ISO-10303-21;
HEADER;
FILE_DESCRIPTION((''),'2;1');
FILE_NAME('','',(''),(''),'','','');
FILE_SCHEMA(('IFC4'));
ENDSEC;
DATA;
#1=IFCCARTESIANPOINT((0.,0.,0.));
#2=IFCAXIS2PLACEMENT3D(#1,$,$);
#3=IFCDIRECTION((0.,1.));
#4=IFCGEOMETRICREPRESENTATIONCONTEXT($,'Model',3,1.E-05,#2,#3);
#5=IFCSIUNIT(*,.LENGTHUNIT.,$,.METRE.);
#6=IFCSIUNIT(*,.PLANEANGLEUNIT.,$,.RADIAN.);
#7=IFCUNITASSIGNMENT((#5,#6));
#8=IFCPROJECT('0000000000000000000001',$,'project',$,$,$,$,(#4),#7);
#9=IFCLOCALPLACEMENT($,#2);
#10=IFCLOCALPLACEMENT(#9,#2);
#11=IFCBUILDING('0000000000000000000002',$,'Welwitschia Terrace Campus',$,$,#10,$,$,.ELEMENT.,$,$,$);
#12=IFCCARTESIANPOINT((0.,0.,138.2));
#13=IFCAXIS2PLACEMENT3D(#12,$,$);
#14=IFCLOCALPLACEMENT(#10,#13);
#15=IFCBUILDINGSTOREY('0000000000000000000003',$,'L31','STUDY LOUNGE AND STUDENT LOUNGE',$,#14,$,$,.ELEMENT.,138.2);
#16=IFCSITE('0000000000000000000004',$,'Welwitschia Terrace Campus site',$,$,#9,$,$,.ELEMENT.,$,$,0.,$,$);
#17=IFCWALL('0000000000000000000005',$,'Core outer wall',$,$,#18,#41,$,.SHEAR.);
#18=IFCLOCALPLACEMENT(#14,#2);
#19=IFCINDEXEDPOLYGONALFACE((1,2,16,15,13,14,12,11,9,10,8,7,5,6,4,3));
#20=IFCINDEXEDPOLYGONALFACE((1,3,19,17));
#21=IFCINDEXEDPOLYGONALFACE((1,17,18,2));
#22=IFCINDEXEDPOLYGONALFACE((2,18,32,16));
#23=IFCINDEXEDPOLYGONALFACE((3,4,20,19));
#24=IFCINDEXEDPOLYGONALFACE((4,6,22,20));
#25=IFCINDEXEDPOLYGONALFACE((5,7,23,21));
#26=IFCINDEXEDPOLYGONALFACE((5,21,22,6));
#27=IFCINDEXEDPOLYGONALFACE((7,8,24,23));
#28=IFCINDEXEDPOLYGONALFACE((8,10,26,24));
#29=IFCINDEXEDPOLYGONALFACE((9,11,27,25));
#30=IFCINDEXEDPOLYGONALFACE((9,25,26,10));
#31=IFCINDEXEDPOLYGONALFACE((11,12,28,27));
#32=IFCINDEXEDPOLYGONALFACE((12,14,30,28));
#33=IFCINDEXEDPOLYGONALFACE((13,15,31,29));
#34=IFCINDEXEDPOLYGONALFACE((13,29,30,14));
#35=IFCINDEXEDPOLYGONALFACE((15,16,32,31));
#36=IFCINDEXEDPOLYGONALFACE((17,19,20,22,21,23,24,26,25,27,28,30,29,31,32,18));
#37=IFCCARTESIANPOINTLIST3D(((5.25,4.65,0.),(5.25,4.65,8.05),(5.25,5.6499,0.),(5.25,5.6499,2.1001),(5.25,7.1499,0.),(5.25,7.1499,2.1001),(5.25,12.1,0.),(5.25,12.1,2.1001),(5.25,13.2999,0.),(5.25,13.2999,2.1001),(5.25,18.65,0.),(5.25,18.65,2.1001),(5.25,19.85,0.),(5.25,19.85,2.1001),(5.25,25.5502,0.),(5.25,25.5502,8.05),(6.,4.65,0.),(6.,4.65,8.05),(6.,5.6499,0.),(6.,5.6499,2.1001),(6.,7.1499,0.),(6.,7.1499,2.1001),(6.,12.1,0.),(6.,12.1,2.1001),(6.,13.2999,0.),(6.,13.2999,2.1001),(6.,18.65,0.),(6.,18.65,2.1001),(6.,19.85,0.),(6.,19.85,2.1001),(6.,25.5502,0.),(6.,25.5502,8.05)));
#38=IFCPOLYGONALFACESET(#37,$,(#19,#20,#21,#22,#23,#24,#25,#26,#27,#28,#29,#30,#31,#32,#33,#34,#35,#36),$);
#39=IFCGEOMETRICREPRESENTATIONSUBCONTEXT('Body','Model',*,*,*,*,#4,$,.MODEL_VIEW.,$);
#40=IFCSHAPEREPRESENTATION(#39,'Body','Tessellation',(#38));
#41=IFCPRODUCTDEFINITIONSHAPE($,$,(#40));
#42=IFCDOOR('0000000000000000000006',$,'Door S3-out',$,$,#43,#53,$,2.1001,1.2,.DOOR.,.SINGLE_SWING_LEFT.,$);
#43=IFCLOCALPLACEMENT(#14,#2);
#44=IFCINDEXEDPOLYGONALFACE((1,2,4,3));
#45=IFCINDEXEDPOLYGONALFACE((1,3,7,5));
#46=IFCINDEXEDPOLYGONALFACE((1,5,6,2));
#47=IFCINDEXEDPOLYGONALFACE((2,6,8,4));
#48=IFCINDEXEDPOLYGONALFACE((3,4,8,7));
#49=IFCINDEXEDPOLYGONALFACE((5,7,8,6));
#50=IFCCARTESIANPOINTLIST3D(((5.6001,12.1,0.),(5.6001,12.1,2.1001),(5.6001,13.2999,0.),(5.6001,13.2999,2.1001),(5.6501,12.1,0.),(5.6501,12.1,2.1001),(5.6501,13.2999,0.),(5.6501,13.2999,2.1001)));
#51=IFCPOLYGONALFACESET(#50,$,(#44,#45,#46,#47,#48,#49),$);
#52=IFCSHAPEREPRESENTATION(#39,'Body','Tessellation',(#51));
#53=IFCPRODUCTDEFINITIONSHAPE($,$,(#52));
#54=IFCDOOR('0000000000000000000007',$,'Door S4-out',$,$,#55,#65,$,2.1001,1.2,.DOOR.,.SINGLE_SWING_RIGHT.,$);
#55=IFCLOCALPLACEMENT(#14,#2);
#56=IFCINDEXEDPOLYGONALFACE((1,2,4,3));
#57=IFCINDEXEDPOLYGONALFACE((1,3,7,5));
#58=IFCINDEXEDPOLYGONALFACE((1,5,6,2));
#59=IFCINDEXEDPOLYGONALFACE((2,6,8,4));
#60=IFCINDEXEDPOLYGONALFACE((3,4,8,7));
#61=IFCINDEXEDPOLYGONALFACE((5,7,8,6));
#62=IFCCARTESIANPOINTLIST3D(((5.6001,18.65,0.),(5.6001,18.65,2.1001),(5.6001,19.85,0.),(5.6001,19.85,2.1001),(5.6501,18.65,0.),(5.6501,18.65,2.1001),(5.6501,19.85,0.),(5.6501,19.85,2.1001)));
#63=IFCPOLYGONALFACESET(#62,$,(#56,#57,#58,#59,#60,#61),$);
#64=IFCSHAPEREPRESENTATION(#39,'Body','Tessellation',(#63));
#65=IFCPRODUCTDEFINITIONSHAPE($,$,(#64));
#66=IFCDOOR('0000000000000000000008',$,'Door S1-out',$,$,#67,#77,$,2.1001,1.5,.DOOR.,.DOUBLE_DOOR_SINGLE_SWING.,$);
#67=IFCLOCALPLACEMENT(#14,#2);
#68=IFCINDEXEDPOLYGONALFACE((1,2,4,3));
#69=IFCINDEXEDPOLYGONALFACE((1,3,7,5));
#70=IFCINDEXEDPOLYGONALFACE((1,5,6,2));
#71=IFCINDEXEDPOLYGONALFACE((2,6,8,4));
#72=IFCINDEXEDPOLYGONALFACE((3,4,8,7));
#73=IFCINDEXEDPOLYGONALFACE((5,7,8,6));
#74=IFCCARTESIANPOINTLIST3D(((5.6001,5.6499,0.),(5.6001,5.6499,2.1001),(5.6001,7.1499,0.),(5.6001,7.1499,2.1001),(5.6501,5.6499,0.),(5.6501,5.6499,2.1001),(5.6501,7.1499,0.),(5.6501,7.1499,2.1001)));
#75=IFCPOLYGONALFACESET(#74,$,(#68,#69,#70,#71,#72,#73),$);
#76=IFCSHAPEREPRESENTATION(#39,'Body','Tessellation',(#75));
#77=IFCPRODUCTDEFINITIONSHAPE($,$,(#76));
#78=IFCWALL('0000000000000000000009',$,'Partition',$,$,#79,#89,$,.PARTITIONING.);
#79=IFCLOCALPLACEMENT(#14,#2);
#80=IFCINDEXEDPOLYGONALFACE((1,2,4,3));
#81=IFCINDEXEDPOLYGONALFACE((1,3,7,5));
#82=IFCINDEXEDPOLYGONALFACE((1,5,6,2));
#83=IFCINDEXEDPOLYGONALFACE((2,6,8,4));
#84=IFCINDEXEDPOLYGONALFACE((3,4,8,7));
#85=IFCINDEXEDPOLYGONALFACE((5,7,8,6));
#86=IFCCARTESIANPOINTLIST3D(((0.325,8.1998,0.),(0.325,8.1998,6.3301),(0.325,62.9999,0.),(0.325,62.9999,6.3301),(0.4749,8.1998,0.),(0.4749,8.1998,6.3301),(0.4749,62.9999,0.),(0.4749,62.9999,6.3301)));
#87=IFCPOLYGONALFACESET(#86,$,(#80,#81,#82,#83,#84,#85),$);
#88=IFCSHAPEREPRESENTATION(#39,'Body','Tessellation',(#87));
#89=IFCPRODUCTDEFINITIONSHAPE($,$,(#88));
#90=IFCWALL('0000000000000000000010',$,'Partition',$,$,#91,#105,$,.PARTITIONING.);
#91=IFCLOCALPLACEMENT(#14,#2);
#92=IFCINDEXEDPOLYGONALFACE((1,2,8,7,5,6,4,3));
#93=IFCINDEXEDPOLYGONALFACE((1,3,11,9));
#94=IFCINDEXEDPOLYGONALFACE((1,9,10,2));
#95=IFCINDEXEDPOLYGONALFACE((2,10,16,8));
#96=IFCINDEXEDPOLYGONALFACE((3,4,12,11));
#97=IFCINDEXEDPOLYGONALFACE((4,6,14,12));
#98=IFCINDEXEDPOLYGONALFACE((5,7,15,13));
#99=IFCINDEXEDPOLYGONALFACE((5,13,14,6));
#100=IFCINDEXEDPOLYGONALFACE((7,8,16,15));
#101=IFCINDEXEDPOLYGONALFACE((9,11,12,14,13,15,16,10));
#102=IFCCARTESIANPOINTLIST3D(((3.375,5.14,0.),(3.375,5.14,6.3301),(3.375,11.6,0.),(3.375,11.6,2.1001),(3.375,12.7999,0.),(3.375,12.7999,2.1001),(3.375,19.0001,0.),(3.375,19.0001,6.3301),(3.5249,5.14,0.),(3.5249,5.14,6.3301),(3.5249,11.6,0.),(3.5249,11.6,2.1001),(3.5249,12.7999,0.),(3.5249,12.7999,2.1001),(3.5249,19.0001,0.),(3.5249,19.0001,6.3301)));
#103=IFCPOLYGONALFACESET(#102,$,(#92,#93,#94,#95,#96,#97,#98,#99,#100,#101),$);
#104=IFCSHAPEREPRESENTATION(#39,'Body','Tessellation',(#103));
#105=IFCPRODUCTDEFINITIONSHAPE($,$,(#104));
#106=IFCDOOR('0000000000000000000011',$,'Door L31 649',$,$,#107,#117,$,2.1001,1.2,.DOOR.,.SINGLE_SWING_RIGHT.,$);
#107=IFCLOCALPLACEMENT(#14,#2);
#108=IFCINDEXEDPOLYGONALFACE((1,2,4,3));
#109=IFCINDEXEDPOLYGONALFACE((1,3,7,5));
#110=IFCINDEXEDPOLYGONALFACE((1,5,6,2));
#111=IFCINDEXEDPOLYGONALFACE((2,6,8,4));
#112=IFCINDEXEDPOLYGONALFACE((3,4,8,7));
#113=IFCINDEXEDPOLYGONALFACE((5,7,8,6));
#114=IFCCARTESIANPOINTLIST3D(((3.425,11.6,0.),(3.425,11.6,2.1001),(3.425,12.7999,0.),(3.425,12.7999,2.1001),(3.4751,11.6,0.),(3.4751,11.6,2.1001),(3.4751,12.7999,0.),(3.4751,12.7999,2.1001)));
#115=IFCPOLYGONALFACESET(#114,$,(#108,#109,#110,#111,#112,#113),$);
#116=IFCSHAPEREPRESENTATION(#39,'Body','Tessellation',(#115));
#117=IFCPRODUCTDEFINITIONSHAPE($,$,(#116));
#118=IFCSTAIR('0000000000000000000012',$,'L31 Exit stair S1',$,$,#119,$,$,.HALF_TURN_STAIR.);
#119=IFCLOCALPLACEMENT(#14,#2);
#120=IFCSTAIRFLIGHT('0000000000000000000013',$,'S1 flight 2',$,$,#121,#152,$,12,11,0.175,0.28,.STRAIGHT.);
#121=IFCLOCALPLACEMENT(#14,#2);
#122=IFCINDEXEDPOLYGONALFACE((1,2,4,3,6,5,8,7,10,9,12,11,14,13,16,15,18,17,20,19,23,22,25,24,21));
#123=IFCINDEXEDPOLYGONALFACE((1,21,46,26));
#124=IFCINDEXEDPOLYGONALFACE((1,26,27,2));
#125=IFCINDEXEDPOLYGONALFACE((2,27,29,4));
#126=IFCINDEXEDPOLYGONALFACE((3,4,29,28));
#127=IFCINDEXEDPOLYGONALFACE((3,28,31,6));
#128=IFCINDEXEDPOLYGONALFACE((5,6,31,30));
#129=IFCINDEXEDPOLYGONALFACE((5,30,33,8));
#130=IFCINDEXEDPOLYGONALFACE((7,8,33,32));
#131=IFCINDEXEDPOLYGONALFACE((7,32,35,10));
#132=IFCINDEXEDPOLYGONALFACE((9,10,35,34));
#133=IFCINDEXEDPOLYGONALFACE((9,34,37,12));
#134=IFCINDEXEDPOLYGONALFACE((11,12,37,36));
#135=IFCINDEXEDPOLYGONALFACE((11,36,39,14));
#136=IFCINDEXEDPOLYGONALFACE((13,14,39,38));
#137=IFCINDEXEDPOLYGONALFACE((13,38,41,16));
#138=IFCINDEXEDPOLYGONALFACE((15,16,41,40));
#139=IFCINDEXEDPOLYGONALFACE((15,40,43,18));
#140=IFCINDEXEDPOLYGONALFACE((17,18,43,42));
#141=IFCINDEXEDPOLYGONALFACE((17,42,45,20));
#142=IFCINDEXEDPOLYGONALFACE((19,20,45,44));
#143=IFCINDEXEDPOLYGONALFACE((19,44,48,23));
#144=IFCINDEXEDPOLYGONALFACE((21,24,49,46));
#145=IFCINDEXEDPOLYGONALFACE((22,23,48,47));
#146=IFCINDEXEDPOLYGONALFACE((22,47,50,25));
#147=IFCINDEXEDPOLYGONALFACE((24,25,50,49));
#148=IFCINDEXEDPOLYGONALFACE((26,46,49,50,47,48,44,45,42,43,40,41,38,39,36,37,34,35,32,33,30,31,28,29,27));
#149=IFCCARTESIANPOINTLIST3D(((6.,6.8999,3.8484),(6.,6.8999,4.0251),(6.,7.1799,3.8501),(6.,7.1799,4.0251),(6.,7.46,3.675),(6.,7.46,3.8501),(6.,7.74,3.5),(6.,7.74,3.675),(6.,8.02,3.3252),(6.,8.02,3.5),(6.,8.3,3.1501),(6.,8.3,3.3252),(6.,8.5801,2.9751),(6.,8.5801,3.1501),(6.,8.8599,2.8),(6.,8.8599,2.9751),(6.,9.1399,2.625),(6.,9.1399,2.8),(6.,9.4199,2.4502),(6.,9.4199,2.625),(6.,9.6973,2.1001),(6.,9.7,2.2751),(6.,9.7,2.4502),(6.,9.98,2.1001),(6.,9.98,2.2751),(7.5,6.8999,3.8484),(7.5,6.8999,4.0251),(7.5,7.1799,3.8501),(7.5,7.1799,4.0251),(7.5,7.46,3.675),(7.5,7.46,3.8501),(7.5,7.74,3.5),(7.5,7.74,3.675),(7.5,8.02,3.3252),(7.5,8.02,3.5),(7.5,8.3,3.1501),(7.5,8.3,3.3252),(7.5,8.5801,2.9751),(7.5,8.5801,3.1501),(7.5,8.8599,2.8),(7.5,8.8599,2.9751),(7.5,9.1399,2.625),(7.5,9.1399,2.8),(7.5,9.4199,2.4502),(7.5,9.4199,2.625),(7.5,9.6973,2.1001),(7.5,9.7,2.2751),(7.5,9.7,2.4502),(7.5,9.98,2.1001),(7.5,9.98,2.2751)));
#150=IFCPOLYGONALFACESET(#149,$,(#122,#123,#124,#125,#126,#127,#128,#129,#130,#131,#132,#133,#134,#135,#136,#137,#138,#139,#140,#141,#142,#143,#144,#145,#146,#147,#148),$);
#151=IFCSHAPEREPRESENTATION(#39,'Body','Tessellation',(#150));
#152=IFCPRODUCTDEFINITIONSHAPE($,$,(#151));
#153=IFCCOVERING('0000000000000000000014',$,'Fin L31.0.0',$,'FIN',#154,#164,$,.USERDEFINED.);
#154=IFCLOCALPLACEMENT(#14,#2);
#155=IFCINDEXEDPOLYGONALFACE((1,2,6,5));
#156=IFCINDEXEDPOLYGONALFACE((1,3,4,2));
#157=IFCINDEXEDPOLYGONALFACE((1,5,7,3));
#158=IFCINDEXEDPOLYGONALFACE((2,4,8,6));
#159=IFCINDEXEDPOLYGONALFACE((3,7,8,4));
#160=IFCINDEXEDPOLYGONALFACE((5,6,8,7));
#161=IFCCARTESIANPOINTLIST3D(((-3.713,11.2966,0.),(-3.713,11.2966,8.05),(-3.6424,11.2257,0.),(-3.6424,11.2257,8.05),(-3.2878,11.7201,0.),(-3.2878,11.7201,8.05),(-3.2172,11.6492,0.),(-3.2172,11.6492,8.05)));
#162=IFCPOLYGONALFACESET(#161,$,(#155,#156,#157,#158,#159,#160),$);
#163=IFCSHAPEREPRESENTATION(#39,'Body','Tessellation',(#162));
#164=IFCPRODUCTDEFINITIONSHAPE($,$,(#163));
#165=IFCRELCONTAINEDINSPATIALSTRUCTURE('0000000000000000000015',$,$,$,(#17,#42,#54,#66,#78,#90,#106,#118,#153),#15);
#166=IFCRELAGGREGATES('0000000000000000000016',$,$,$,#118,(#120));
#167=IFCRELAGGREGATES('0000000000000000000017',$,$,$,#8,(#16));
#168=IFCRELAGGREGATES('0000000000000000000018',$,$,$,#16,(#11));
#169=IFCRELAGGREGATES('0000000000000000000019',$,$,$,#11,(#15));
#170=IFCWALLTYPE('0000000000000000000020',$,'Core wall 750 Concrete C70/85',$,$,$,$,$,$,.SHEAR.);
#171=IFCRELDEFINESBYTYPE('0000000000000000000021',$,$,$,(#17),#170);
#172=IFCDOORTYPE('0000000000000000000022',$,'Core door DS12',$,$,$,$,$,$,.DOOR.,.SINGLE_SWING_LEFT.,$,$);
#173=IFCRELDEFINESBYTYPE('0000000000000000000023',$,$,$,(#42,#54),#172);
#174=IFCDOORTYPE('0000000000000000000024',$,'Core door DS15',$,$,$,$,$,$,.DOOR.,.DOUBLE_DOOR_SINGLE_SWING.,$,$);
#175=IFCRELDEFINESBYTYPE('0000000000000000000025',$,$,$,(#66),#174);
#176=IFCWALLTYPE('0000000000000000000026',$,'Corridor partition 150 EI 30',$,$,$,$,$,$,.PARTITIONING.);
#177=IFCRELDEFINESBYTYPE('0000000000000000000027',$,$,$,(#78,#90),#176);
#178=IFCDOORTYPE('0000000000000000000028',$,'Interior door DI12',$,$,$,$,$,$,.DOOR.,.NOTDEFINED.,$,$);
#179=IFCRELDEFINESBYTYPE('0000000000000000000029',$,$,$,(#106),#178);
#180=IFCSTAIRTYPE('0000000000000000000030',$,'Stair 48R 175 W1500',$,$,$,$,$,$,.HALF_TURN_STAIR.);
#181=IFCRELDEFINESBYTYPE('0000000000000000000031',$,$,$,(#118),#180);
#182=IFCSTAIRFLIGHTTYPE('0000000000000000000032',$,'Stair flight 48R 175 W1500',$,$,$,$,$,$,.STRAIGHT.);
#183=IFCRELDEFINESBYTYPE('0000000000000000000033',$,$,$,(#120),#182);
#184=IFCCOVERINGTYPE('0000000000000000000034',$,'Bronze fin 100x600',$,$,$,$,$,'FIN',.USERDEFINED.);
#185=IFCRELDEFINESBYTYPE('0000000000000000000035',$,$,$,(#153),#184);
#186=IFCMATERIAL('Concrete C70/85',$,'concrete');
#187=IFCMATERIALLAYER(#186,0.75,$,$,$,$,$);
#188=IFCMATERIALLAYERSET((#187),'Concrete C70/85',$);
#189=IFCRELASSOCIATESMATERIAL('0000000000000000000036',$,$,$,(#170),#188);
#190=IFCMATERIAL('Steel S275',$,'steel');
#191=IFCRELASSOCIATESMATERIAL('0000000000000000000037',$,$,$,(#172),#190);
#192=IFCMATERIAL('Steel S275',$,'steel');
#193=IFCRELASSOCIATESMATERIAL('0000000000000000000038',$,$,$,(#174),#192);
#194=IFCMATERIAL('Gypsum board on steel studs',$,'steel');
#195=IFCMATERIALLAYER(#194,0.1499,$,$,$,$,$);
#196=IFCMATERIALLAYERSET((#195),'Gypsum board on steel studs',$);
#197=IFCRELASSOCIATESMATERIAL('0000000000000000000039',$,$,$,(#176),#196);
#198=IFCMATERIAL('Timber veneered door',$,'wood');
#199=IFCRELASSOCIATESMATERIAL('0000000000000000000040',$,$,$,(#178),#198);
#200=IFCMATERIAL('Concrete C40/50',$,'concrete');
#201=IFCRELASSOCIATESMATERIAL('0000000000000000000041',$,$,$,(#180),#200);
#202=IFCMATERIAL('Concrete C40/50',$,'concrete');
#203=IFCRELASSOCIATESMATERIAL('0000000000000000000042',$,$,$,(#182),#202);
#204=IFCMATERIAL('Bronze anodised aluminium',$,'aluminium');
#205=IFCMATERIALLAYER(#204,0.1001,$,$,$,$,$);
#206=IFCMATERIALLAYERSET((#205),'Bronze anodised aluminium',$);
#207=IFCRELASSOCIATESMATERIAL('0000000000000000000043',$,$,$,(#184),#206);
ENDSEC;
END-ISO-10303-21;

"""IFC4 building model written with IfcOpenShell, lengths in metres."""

from ifc_helpers import new_model, si_unit, direction, frame, frame_2d, origin, origin_2d, place, context, subcontext, project, spatial, polyline, rectangle, outline, extrude, material, layer, layer_set, type_object, element, fill, aggregate, save


model = new_model("IFC4")

# Units and contexts
model_context = context("Model", 3, precision=1e-05, world=origin(), true_north=direction((0.0, 1.0)))
body_context = subcontext(model_context, "Body", "Model", "MODEL_VIEW")
ifc_project = project(units=[si_unit("LENGTHUNIT", "METRE"), si_unit("PLANEANGLEUNIT", "RADIAN")], contexts=[model_context])

# Site, building, storey
site_placement = place(None, origin())
site = spatial("IfcSite", under=ifc_project, at=site_placement, Name="Welwitschia Terrace Campus site", CompositionType="ELEMENT", RefElevation=0.0)
building_placement = place(site_placement, origin())
building = spatial("IfcBuilding", under=site, at=building_placement, Name="Welwitschia Terrace Campus", CompositionType="ELEMENT")
storey_placement = place(building_placement, frame((0.0, 0.0, 138.2)))
storey = spatial("IfcBuildingStorey", under=building, at=storey_placement, Name="L31", Description="STUDY LOUNGE AND STUDENT LOUNGE", CompositionType="ELEMENT", Elevation=138.2)

# Wall, openings, doors
ifc_material_1 = material(Name="Concrete C70/85", Category="concrete")
ifc_layer_1 = layer(ifc_material_1, 0.75)
ifc_layer_set_1 = layer_set([ifc_layer_1], Name="Concrete C70/85")
wall_type_1 = type_object("IfcWallType", Name="Core wall 750 Concrete C70/85", PredefinedType="SHEAR", material=ifc_layer_set_1)
wall_1_placement = place(storey_placement, frame((5.625, 4.6499, 0.0), z_axis=(0.0, 0.0, 1.0), x_axis=(0.0, 1.0, 0.0)))
wall_1 = element("IfcWall", 1, at=wall_1_placement, inside=storey, type_object=wall_type_1, Name="Core outer wall", PredefinedType="SHEAR", context=body_context, shape_type="SweptSolid", body=[
    extrude(rectangle(XDim=20.9001, YDim=0.75, at=frame_2d((10.4502, 0.0))), origin(), (0.0, 0.0, 1.0), 8.05),
])
opening_1_placement = place(wall_1_placement, frame((1.0, 0.0, 0.0)))
opening_1 = element("IfcOpeningElement", 2, at=opening_1_placement, cuts=wall_1, PredefinedType="OPENING", context=body_context, shape_type="SweptSolid", body=[
    extrude(rectangle(XDim=1.5, YDim=2.1001, at=frame_2d((0.75, 1.05))), frame((0.0, 0.385, 0.0), z_axis=(0.0, -1.0, 0.0), x_axis=(1.0, 0.0, 0.0)), (0.0, 0.0, 1.0), 0.77),
])
opening_2_placement = place(wall_1_placement, frame((7.45, 0.0, 0.0)))
opening_2 = element("IfcOpeningElement", 3, at=opening_2_placement, cuts=wall_1, PredefinedType="OPENING", context=body_context, shape_type="SweptSolid", body=[
    extrude(rectangle(XDim=1.2, YDim=2.1001, at=frame_2d((0.6001, 1.05))), frame((0.0, 0.385, 0.0), z_axis=(0.0, -1.0, 0.0), x_axis=(1.0, 0.0, 0.0)), (0.0, 0.0, 1.0), 0.77),
])
opening_3_placement = place(wall_1_placement, frame((14.0, 0.0, 0.0)))
opening_3 = element("IfcOpeningElement", 4, at=opening_3_placement, cuts=wall_1, PredefinedType="OPENING", context=body_context, shape_type="SweptSolid", body=[
    extrude(rectangle(XDim=1.2, YDim=2.1001, at=frame_2d((0.6001, 1.05))), frame((0.0, 0.385, 0.0), z_axis=(0.0, -1.0, 0.0), x_axis=(1.0, 0.0, 0.0)), (0.0, 0.0, 1.0), 0.77),
])
ifc_material_2 = material(Name="Steel S275", Category="steel")
door_type_1 = type_object("IfcDoorType", Name="Core door DS12", OperationType="SINGLE_SWING_LEFT", PredefinedType="DOOR", material=ifc_material_2)
door_1_placement = place(opening_2_placement, origin())
door_1 = element("IfcDoor", 5, at=door_1_placement, inside=storey, type_object=door_type_1, Name="Door S3-out", OperationType="SINGLE_SWING_LEFT", OverallHeight=2.1001, OverallWidth=1.2, PredefinedType="DOOR", context=body_context, shape_type="SweptSolid", body=[
    extrude(rectangle(XDim=1.2, YDim=2.1001, at=frame_2d((0.6001, 1.05))), frame((0.0, 0.0249, 0.0), z_axis=(0.0, -1.0, 0.0), x_axis=(1.0, 0.0, 0.0)), (0.0, 0.0, 1.0), 0.05),
])
fill(opening_2, door_1)
door_2_placement = place(opening_3_placement, origin())
door_2 = element("IfcDoor", 6, at=door_2_placement, inside=storey, type_object=door_type_1, Name="Door S4-out", OperationType="SINGLE_SWING_RIGHT", OverallHeight=2.1001, OverallWidth=1.2, PredefinedType="DOOR", context=body_context, shape_type="SweptSolid", body=[
    extrude(rectangle(XDim=1.2, YDim=2.1001, at=frame_2d((0.6001, 1.05))), frame((0.0, 0.0249, 0.0), z_axis=(0.0, -1.0, 0.0), x_axis=(1.0, 0.0, 0.0)), (0.0, 0.0, 1.0), 0.05),
])
fill(opening_3, door_2)
ifc_material_3 = material(Name="Steel S275", Category="steel")
door_type_2 = type_object("IfcDoorType", Name="Core door DS15", OperationType="DOUBLE_DOOR_SINGLE_SWING", PredefinedType="DOOR", material=ifc_material_3)
door_3_placement = place(opening_1_placement, origin())
door_3 = element("IfcDoor", 7, at=door_3_placement, inside=storey, type_object=door_type_2, Name="Door S1-out", OperationType="DOUBLE_DOOR_SINGLE_SWING", OverallHeight=2.1001, OverallWidth=1.5, PredefinedType="DOOR", context=body_context, shape_type="SweptSolid", body=[
    extrude(rectangle(XDim=1.5, YDim=2.1001, at=frame_2d((0.75, 1.05))), frame((0.0, 0.0249, 0.0), z_axis=(0.0, -1.0, 0.0), x_axis=(1.0, 0.0, 0.0)), (0.0, 0.0, 1.0), 0.05),
])
fill(opening_1, door_3)

# Wall
ifc_material_4 = material(Name="Gypsum board on steel studs", Category="steel")
ifc_layer_2 = layer(ifc_material_4, 0.1499)
ifc_layer_set_2 = layer_set([ifc_layer_2], Name="Gypsum board on steel studs")
wall_type_2 = type_object("IfcWallType", Name="Corridor partition 150 EI 30", PredefinedType="PARTITIONING", material=ifc_layer_set_2)
wall_2_placement = place(storey_placement, frame((0.3999, 8.2, 0.0), z_axis=(0.0, 0.0, 1.0), x_axis=(0.0, 1.0, 0.0)))
element("IfcWall", 8, at=wall_2_placement, inside=storey, type_object=wall_type_2, Name="Partition", PredefinedType="PARTITIONING", context=body_context, shape_type="SweptSolid", body=[
    extrude(rectangle(XDim=54.8, YDim=0.1499, at=frame_2d((27.3999, 0.0))), origin(), (0.0, 0.0, 1.0), 6.3301),
])

# Wall, opening, door
wall_3_placement = place(storey_placement, frame((3.45, 5.1399, 0.0), z_axis=(0.0, 0.0, 1.0), x_axis=(0.0, 1.0, 0.0)))
wall_3 = element("IfcWall", 9, at=wall_3_placement, inside=storey, type_object=wall_type_2, Name="Partition", PredefinedType="PARTITIONING", context=body_context, shape_type="SweptSolid", body=[
    extrude(rectangle(XDim=13.8601, YDim=0.1499, at=frame_2d((6.9302, 0.0))), origin(), (0.0, 0.0, 1.0), 6.3301),
])
opening_4_placement = place(wall_3_placement, frame((6.46, 0.0, 0.0)))
opening_4 = element("IfcOpeningElement", 10, at=opening_4_placement, cuts=wall_3, PredefinedType="OPENING", context=body_context, shape_type="SweptSolid", body=[
    extrude(rectangle(XDim=1.2, YDim=2.1001, at=frame_2d((0.6001, 1.05))), frame((0.0, 0.085, 0.0), z_axis=(0.0, -1.0, 0.0), x_axis=(1.0, 0.0, 0.0)), (0.0, 0.0, 1.0), 0.1699),
])
ifc_material_5 = material(Name="Timber veneered door", Category="wood")
door_type_3 = type_object("IfcDoorType", Name="Interior door DI12", OperationType="NOTDEFINED", PredefinedType="DOOR", material=ifc_material_5)
door_4_placement = place(opening_4_placement, origin())
door_4 = element("IfcDoor", 11, at=door_4_placement, inside=storey, type_object=door_type_3, Name="Door L31 649", OperationType="SINGLE_SWING_RIGHT", OverallHeight=2.1001, OverallWidth=1.2, PredefinedType="DOOR", context=body_context, shape_type="SweptSolid", body=[
    extrude(rectangle(XDim=1.2, YDim=2.1001, at=frame_2d((0.6001, 1.05))), frame((0.0, 0.0249, 0.0), z_axis=(0.0, -1.0, 0.0), x_axis=(1.0, 0.0, 0.0)), (0.0, 0.0, 1.0), 0.05),
])
fill(opening_4, door_4)

# Stair, stair flight
ifc_material_6 = material(Name="Concrete C40/50", Category="concrete")
stair_type = type_object("IfcStairType", Name="Stair 48R 175 W1500", PredefinedType="HALF_TURN_STAIR", material=ifc_material_6)
stair_placement = place(storey_placement, origin())
stair = element("IfcStair", 12, at=stair_placement, inside=storey, type_object=stair_type, Name="L31 Exit stair S1", PredefinedType="HALF_TURN_STAIR")
ifc_material_7 = material(Name="Concrete C40/50", Category="concrete")
stair_flight_type = type_object("IfcStairFlightType", Name="Stair flight 48R 175 W1500", PredefinedType="STRAIGHT", material=ifc_material_7)
stair_flight_placement = place(storey_placement, frame((6.75, 9.98, 2.1001), z_axis=(0.0, 0.0, 1.0), x_axis=(0.0, -1.0, 0.0)))
stair_flight = element("IfcStairFlight", 13, at=stair_flight_placement, type_object=stair_flight_type, Name="S1 flight 2", NumberOfRisers=12, NumberOfTreads=11, PredefinedType="STRAIGHT", RiserHeight=0.175, TreadLength=0.28, context=body_context, shape_type="SweptSolid", body=[
    extrude(outline(polyline([(0.0, 0.0), (0.0, 0.175), (0.28, 0.175), (0.28, 0.3501), (0.5601, 0.3501), (0.5601, 0.5249), (0.8401, 0.5249), (0.8401, 0.7), (1.1201, 0.7), (1.1201, 0.875), (1.3999, 0.875), (1.3999, 1.05), (1.6799, 1.05), (1.6799, 1.2251), (1.96, 1.2251), (1.96, 1.3999), (2.24, 1.3999), (2.24, 1.575), (2.52, 1.575), (2.52, 1.75), (2.8, 1.75), (2.8, 1.925), (3.0801, 1.925), (3.0801, 2.1001), (3.0801, 1.7483), (0.2827, 0.0), (0.0, 0.0)])), frame((0.0, 0.75, 0.0), z_axis=(0.0, -1.0, 0.0), x_axis=(1.0, 0.0, 0.0)), (0.0, 0.0, 1.0), 1.5),
])
aggregate(stair, [stair_flight])

# Covering
ifc_material_8 = material(Name="Bronze anodised aluminium", Category="aluminium")
ifc_layer_3 = layer(ifc_material_8, 0.1001)
ifc_layer_set_3 = layer_set([ifc_layer_3], Name="Bronze anodised aluminium")
covering_type = type_object("IfcCoveringType", Name="Bronze fin 100x600", ElementType="FIN", PredefinedType="USERDEFINED", material=ifc_layer_set_3)
for number, where, z_axis, x_axis, name in (
    (14, (-3.4651, 11.4729, 0.0), (0.0, 0.0, 1.0), (0.705668, -0.708542, 0.0), "Fin L31.0.0"),
):
    element("IfcCovering", number, at=place(storey_placement, frame(where, z_axis=z_axis, x_axis=x_axis)), inside=storey, type_object=covering_type, Name=name, ObjectType="FIN", PredefinedType="USERDEFINED", context=body_context, shape_type="SweptSolid", body=[
        extrude(rectangle(XDim=0.1001, YDim=0.6001, at=origin_2d()), origin(), (0.0, 0.0, 1.0), 8.05),
    ])

save(model, "model.ifc")
